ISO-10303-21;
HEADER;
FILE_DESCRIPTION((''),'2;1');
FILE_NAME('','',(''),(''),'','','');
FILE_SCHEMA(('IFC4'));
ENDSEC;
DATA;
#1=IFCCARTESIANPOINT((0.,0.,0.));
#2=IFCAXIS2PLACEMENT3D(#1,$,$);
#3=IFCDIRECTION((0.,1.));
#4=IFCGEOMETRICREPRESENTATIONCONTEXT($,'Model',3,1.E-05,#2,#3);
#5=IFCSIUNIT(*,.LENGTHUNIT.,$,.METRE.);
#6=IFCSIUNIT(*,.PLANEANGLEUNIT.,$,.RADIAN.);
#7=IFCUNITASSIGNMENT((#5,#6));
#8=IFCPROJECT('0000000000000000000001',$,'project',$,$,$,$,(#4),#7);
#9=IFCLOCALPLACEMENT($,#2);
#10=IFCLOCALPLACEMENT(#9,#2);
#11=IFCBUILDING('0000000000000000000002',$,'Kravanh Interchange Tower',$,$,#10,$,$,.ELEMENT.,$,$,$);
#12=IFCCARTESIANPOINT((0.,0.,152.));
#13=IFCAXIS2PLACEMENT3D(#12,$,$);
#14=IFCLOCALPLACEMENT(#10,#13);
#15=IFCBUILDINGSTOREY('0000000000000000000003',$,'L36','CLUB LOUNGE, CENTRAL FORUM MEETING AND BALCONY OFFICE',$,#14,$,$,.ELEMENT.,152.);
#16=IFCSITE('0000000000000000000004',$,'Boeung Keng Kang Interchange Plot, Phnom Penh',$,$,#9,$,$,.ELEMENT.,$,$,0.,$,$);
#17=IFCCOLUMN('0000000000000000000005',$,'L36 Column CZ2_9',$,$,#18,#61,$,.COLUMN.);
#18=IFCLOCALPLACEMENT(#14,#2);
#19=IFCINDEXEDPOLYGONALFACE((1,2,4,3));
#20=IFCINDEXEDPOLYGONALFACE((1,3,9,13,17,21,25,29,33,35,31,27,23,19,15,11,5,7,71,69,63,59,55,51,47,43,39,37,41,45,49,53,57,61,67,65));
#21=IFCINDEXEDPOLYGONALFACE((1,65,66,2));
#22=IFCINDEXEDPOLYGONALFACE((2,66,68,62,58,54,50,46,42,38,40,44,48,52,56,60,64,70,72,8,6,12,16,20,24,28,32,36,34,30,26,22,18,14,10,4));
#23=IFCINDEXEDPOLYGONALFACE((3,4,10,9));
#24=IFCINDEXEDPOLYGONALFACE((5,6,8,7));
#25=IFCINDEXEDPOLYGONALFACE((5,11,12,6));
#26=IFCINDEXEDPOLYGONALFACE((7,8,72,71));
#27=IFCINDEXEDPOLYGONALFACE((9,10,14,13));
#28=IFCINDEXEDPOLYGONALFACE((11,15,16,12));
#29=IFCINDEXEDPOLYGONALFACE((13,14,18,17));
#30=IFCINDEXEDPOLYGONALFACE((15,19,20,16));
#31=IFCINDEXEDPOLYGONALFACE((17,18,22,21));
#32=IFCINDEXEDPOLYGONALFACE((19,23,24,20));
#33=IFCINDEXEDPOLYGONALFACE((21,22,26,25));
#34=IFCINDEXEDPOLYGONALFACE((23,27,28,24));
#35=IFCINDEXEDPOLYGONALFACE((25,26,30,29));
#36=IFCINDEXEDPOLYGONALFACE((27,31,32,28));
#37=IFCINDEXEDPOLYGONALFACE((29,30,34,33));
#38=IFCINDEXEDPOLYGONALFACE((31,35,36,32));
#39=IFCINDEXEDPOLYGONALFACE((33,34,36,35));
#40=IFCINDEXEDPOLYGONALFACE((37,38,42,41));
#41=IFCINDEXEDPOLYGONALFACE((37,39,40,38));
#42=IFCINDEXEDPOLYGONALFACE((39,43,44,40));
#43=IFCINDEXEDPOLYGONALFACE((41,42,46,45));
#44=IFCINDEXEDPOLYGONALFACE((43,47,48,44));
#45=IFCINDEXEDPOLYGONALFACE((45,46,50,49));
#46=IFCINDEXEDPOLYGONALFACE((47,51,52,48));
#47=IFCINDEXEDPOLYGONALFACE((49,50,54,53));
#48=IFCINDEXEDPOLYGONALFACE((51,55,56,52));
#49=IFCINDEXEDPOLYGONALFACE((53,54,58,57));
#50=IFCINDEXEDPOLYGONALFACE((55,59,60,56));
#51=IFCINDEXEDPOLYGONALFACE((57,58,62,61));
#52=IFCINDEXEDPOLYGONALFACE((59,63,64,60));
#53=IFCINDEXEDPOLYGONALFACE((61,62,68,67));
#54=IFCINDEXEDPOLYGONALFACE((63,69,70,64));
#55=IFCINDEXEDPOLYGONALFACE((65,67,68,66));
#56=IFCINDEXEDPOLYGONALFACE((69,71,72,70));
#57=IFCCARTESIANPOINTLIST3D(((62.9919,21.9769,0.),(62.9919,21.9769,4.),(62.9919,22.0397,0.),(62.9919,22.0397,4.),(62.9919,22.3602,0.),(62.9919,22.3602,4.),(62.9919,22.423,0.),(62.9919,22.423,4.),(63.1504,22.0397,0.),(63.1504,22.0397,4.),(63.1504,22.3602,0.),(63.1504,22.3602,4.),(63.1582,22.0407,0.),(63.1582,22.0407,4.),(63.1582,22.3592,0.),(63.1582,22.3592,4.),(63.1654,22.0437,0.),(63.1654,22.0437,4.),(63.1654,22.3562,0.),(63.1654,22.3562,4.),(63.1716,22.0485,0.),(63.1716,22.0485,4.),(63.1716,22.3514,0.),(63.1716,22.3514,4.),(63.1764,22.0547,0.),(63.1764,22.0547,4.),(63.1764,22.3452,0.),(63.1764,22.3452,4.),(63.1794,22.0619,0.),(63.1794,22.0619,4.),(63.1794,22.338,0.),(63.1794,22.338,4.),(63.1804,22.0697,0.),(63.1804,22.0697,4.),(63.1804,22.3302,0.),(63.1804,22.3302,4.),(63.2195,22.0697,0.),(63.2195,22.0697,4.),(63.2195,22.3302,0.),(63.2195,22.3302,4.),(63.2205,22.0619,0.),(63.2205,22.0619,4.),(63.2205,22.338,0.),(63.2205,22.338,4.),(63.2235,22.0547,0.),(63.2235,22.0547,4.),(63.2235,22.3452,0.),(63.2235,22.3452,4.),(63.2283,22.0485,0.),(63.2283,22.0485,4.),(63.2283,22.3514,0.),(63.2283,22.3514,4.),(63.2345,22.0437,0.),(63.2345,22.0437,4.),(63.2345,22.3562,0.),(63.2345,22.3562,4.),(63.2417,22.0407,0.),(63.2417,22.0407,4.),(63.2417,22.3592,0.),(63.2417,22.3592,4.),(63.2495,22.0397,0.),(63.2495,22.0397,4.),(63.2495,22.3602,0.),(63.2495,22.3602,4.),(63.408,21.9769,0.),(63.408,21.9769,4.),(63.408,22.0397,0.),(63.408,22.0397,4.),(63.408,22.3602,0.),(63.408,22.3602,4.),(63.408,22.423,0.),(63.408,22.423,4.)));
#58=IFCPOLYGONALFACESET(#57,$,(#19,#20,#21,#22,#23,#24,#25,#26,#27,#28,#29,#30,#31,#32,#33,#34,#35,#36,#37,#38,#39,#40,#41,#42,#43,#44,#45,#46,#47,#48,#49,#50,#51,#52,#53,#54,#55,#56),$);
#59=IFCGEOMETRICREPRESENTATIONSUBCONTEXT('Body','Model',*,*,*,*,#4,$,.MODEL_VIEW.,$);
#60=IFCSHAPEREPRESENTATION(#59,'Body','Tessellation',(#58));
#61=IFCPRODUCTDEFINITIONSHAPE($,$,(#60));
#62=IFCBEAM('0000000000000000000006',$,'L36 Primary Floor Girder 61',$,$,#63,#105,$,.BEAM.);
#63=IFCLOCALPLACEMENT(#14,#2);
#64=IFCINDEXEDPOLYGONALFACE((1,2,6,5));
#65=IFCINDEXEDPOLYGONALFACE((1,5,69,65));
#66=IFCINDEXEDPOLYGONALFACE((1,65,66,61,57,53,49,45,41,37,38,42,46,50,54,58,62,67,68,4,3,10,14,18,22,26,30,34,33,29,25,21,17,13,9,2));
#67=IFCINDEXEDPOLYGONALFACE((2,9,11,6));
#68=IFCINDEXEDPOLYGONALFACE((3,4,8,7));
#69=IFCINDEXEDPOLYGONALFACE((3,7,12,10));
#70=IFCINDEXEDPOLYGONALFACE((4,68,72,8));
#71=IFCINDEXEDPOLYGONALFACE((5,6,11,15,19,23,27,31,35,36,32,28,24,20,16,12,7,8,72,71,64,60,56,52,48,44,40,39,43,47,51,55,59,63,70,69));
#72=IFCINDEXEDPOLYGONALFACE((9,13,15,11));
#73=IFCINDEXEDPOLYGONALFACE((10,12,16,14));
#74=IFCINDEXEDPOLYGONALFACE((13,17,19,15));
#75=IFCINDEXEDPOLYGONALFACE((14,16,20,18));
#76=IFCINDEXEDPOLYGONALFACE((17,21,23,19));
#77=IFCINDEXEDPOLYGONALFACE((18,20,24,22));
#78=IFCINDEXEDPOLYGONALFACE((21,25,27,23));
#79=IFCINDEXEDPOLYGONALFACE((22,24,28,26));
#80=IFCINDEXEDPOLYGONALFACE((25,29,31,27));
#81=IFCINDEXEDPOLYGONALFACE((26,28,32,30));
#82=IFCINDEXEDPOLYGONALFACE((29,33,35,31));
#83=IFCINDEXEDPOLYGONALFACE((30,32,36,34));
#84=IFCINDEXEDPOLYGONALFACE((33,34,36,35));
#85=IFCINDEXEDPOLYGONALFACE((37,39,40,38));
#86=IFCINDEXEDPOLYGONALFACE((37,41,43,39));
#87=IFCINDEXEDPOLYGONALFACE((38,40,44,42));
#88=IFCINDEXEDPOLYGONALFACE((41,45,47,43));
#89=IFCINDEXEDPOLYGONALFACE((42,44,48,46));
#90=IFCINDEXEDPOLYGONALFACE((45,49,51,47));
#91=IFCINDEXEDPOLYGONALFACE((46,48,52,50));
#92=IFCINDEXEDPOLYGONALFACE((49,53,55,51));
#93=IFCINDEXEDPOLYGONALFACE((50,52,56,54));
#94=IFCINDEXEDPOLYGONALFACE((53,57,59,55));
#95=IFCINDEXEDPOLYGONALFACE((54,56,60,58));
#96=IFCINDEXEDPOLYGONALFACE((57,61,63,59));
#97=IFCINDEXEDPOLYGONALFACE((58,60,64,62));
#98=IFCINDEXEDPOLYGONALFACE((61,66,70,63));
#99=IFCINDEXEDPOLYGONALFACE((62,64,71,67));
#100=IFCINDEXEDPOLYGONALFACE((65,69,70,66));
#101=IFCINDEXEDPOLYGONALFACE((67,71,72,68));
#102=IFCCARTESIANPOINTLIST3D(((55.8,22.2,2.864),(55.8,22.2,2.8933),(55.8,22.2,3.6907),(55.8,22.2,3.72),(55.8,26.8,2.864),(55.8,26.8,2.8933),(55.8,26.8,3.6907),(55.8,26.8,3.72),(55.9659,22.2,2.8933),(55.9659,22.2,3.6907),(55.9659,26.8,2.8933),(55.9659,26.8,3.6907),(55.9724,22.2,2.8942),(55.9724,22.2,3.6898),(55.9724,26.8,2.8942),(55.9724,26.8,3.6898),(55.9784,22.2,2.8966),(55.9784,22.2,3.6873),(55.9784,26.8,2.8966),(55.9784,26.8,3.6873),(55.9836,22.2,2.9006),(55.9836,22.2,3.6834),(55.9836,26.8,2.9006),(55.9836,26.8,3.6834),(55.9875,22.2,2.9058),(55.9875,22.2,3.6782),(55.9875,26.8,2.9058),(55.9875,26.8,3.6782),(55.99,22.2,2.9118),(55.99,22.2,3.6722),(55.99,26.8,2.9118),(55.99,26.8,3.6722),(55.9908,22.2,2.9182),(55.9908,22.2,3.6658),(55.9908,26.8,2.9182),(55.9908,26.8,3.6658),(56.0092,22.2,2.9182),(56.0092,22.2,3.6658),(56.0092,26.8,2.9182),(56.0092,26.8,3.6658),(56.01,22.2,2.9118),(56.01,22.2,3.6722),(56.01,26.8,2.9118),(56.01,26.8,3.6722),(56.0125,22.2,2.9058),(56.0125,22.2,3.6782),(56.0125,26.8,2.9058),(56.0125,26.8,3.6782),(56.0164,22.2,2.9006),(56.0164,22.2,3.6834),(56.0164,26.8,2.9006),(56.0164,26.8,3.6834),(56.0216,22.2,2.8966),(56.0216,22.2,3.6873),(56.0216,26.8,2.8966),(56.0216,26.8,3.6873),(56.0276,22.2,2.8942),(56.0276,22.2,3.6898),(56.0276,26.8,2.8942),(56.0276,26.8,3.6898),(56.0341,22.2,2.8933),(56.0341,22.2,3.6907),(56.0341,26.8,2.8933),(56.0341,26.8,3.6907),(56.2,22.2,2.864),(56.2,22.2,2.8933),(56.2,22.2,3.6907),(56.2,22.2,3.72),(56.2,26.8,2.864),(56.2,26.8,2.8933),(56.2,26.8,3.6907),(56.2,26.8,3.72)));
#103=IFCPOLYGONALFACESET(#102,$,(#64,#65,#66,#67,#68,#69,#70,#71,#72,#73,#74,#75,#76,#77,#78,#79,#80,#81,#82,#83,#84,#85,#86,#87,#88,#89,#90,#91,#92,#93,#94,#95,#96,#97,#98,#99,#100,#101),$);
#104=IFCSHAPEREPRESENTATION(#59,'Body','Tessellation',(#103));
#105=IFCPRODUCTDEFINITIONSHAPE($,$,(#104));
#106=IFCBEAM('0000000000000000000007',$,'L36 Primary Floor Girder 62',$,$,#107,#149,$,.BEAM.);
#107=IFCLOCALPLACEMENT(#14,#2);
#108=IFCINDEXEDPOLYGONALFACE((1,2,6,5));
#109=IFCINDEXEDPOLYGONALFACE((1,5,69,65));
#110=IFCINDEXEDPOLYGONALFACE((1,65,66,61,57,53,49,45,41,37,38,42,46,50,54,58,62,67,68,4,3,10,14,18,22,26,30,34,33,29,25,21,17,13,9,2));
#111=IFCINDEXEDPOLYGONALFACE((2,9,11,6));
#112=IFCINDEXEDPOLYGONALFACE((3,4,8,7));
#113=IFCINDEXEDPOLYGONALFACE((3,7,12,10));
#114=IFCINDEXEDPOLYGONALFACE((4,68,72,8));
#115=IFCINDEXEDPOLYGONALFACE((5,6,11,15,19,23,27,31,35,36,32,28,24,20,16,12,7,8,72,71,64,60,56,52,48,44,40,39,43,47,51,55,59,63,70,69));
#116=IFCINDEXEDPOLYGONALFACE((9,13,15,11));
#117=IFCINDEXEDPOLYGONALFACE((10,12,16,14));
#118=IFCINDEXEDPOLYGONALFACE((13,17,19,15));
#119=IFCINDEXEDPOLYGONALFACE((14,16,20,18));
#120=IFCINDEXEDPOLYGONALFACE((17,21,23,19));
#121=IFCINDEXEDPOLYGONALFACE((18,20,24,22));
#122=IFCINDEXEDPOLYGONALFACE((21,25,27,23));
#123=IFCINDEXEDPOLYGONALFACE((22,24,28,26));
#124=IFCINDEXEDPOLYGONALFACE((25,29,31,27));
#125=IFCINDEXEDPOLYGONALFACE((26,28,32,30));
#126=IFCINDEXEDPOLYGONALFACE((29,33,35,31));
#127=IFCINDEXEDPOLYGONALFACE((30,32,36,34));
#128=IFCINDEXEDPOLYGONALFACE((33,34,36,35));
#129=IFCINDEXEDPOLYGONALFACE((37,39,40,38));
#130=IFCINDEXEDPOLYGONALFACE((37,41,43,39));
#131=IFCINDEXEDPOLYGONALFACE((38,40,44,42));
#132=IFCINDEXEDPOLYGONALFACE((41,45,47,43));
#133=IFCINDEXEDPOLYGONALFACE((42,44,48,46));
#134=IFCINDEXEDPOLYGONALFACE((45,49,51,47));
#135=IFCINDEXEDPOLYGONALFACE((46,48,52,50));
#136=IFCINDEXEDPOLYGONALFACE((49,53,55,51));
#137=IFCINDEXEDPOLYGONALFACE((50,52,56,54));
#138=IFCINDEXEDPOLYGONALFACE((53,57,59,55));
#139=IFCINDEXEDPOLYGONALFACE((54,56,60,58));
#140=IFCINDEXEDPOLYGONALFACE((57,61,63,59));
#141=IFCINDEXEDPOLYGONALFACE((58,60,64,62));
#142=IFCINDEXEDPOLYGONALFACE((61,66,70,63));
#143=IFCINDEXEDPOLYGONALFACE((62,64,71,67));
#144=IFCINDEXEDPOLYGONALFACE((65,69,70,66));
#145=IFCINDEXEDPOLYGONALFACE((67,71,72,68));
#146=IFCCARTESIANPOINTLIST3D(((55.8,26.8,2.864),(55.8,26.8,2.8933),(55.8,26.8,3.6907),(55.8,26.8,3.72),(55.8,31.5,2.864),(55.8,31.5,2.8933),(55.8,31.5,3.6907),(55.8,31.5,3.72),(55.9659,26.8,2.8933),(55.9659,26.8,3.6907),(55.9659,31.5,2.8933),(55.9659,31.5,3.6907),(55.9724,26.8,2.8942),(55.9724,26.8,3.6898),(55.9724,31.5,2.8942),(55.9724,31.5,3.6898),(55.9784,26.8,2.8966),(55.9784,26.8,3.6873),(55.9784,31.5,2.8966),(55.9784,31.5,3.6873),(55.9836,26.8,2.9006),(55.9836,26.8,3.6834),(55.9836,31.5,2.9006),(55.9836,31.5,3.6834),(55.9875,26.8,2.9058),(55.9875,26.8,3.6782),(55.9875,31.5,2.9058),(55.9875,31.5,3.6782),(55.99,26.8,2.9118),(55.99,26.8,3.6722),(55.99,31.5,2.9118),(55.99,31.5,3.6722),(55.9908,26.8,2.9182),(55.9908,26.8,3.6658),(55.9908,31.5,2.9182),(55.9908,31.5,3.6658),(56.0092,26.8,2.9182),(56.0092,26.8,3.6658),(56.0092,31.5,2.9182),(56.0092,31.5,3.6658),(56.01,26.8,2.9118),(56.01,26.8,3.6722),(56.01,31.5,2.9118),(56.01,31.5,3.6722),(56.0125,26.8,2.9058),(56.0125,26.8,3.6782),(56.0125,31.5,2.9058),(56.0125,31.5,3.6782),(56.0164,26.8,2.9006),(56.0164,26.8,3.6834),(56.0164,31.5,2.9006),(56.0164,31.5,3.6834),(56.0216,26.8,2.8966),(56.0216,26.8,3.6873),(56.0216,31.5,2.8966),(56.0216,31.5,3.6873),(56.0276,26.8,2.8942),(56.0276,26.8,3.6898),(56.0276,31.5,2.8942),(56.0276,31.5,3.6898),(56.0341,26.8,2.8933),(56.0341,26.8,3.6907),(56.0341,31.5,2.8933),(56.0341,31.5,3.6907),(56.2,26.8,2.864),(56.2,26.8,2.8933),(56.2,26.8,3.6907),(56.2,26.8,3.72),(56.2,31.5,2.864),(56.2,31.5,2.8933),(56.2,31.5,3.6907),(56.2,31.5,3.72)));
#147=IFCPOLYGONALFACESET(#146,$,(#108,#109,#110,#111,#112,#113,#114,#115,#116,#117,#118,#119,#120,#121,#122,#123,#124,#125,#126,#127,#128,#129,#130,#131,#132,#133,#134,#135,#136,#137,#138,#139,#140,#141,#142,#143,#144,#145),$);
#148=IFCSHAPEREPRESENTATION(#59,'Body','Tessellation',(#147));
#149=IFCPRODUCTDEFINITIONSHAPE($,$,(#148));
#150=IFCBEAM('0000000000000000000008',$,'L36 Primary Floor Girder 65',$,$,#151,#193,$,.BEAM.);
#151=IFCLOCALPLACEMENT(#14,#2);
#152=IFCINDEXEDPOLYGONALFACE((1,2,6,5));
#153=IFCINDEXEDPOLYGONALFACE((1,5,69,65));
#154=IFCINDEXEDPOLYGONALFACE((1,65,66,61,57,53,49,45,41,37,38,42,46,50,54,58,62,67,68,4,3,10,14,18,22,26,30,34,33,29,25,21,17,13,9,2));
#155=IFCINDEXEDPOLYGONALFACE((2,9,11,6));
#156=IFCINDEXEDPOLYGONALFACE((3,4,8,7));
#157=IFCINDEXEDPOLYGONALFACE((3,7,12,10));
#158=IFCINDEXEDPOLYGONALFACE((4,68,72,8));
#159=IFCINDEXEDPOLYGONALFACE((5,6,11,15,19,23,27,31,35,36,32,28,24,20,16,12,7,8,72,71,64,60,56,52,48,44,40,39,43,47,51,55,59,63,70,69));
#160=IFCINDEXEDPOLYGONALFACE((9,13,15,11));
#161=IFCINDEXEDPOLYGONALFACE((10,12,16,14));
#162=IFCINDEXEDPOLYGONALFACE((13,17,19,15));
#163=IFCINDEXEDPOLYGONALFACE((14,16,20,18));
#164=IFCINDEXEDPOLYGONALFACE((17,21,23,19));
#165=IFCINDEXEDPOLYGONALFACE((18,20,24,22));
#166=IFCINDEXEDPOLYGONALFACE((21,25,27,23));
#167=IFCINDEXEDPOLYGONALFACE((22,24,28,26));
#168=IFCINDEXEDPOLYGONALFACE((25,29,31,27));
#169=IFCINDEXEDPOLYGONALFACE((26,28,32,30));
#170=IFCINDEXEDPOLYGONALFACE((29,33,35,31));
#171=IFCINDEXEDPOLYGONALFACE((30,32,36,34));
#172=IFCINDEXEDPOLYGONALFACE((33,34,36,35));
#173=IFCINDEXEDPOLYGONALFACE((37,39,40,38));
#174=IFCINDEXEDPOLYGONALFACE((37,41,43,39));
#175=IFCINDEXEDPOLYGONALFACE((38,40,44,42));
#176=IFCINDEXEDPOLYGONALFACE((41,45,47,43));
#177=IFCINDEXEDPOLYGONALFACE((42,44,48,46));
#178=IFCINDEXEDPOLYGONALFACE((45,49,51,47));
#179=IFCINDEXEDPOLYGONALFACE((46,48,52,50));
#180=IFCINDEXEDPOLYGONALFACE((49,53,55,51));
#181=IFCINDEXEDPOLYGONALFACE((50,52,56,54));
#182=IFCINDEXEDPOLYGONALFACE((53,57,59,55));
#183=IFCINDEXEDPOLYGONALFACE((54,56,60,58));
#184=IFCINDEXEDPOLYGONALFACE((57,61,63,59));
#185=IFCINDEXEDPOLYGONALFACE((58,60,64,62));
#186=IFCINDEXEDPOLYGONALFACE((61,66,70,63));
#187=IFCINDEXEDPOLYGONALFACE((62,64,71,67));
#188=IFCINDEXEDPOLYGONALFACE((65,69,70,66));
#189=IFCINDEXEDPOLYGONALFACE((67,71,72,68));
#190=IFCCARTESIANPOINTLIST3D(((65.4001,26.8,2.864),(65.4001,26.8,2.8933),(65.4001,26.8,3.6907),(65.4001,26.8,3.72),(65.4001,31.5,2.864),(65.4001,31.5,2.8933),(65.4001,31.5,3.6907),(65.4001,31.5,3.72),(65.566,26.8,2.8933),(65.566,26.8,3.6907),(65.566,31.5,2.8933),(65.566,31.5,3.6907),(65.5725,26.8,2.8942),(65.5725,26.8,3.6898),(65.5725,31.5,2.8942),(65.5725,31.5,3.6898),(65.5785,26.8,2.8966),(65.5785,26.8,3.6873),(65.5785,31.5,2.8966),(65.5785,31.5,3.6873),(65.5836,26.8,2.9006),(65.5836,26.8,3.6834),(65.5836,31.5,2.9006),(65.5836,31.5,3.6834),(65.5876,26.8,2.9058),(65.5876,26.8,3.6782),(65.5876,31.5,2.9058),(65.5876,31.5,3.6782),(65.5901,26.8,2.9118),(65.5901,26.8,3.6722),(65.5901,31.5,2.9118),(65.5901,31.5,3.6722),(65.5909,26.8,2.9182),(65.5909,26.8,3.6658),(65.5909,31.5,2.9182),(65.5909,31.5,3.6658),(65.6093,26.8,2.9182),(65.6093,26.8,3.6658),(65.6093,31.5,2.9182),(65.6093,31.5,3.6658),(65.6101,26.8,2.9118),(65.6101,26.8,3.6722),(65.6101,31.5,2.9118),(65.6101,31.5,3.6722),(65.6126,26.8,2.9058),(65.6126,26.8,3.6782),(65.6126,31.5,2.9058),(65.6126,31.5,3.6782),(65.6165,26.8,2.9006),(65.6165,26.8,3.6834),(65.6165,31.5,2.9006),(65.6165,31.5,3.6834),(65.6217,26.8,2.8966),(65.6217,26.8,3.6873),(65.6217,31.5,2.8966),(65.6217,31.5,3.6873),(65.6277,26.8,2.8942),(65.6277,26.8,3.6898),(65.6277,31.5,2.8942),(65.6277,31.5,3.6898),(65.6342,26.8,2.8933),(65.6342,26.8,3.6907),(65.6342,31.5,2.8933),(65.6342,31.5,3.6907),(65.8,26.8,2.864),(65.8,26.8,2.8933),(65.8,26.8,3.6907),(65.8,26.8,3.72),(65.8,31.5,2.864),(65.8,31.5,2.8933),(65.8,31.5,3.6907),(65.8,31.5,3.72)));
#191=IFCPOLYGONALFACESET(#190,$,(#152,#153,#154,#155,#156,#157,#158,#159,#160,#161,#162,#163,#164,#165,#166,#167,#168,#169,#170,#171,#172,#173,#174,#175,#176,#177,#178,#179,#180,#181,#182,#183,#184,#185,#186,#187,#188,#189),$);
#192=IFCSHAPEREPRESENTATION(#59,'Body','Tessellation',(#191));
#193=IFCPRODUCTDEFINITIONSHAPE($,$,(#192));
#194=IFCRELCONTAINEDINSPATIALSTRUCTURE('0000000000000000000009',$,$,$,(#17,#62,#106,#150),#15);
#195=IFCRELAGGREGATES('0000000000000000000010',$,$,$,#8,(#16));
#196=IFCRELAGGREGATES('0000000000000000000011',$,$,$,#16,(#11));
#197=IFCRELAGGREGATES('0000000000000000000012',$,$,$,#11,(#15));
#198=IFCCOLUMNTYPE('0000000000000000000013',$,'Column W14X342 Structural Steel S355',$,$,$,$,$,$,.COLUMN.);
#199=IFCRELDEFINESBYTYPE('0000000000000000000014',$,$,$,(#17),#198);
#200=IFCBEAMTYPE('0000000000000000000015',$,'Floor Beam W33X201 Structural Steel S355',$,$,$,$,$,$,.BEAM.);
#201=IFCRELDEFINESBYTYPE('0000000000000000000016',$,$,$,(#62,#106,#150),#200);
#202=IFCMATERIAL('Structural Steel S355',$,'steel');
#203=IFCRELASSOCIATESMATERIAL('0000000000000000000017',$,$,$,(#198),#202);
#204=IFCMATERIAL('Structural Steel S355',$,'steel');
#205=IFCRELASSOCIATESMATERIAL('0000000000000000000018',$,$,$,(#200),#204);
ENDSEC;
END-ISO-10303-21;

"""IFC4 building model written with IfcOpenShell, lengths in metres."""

from ifc_helpers import new_model, si_unit, direction, frame, origin, origin_2d, place, context, subcontext, project, spatial, i_section, extrude, material, material_profile, profile_set, type_object, element, save


model = new_model("IFC4")

# Units and contexts
model_context = context("Model", 3, precision=1e-05, world=origin(), true_north=direction((0.0, 1.0)))
body_context = subcontext(model_context, "Body", "Model", "MODEL_VIEW")
ifc_project = project(units=[si_unit("LENGTHUNIT", "METRE"), si_unit("PLANEANGLEUNIT", "RADIAN")], contexts=[model_context])

# Site, building, storey
site_placement = place(None, origin())
site = spatial("IfcSite", under=ifc_project, at=site_placement, Name="Boeung Keng Kang Interchange Plot, Phnom Penh", CompositionType="ELEMENT", RefElevation=0.0)
building_placement = place(site_placement, origin())
building = spatial("IfcBuilding", under=site, at=building_placement, Name="Kravanh Interchange Tower", CompositionType="ELEMENT")
storey_placement = place(building_placement, frame((0.0, 0.0, 152.0)))
storey = spatial("IfcBuildingStorey", under=building, at=storey_placement, Name="L36", Description="CLUB LOUNGE, CENTRAL FORUM MEETING AND BALCONY OFFICE", CompositionType="ELEMENT", Elevation=152.0)

# Column
ifc_material_1 = material(Name="Structural Steel S355", Category="steel")
ifc_material_profile_1 = material_profile(ifc_material_1, i_section(OverallWidth=0.416, OverallDepth=0.446, WebThickness=0.0391, FlangeThickness=0.0627, FilletRadius=0.03, at=origin_2d()), Name="W14X342")
ifc_profile_set_1 = profile_set([ifc_material_profile_1], Name="Structural Steel S355")
column_type = type_object("IfcColumnType", Name="Column W14X342 Structural Steel S355", PredefinedType="COLUMN", material=ifc_profile_set_1)
for number, where, z_axis, x_axis, name in (
    (1, (63.2, 22.2, 0.0), (0.0, 0.0, 1.0), (1.0, 0.0, 0.0), "L36 Column CZ2_9"),
):
    element("IfcColumn", number, at=place(storey_placement, frame(where, z_axis=z_axis, x_axis=x_axis)), inside=storey, type_object=column_type, Name=name, PredefinedType="COLUMN", context=body_context, shape_type="SweptSolid", body=[
        extrude(i_section(OverallWidth=0.416, OverallDepth=0.446, WebThickness=0.0391, FlangeThickness=0.0627, FilletRadius=0.03, at=origin_2d()), origin(), (0.0, 0.0, 1.0), 4.0),
    ])

# Beams
ifc_material_2 = material(Name="Structural Steel S355", Category="steel")
ifc_material_profile_2 = material_profile(ifc_material_2, i_section(OverallWidth=0.3999, OverallDepth=0.856, WebThickness=0.0183, FlangeThickness=0.0293, FilletRadius=0.0249, at=origin_2d()), Name="W33X201")
ifc_profile_set_2 = profile_set([ifc_material_profile_2], Name="Structural Steel S355")
beam_type_1 = type_object("IfcBeamType", Name="Floor Beam W33X201 Structural Steel S355", PredefinedType="BEAM", material=ifc_profile_set_2)
beam_1_placement = place(storey_placement, frame((56.0, 26.8, 3.292), z_axis=(0.0, -1.0, 0.0), x_axis=(1.0, 0.0, 0.0)))
element("IfcBeam", 2, at=beam_1_placement, inside=storey, type_object=beam_type_1, Name="L36 Primary Floor Girder 61", PredefinedType="BEAM", context=body_context, shape_type="SweptSolid", body=[
    extrude(i_section(OverallWidth=0.3999, OverallDepth=0.856, WebThickness=0.0183, FlangeThickness=0.0293, FilletRadius=0.0249, at=origin_2d()), origin(), (0.0, 0.0, 1.0), 4.6001),
])
for number, where, z_axis, x_axis, name in (
    (3, (56.0, 26.8, 3.292), (0.0, 1.0, 0.0), (-1.0, 0.0, 0.0), "L36 Primary Floor Girder 62"),
    (4, (65.6001, 26.8, 3.292), (0.0, 1.0, 0.0), (-1.0, 0.0, 0.0), "L36 Primary Floor Girder 65"),
):
    element("IfcBeam", number, at=place(storey_placement, frame(where, z_axis=z_axis, x_axis=x_axis)), inside=storey, type_object=beam_type_1, Name=name, PredefinedType="BEAM", context=body_context, shape_type="SweptSolid", body=[
        extrude(i_section(OverallWidth=0.3999, OverallDepth=0.856, WebThickness=0.0183, FlangeThickness=0.0293, FilletRadius=0.0249, at=origin_2d()), origin(), (0.0, 0.0, 1.0), 4.7),
    ])

save(model, "model.ifc")
